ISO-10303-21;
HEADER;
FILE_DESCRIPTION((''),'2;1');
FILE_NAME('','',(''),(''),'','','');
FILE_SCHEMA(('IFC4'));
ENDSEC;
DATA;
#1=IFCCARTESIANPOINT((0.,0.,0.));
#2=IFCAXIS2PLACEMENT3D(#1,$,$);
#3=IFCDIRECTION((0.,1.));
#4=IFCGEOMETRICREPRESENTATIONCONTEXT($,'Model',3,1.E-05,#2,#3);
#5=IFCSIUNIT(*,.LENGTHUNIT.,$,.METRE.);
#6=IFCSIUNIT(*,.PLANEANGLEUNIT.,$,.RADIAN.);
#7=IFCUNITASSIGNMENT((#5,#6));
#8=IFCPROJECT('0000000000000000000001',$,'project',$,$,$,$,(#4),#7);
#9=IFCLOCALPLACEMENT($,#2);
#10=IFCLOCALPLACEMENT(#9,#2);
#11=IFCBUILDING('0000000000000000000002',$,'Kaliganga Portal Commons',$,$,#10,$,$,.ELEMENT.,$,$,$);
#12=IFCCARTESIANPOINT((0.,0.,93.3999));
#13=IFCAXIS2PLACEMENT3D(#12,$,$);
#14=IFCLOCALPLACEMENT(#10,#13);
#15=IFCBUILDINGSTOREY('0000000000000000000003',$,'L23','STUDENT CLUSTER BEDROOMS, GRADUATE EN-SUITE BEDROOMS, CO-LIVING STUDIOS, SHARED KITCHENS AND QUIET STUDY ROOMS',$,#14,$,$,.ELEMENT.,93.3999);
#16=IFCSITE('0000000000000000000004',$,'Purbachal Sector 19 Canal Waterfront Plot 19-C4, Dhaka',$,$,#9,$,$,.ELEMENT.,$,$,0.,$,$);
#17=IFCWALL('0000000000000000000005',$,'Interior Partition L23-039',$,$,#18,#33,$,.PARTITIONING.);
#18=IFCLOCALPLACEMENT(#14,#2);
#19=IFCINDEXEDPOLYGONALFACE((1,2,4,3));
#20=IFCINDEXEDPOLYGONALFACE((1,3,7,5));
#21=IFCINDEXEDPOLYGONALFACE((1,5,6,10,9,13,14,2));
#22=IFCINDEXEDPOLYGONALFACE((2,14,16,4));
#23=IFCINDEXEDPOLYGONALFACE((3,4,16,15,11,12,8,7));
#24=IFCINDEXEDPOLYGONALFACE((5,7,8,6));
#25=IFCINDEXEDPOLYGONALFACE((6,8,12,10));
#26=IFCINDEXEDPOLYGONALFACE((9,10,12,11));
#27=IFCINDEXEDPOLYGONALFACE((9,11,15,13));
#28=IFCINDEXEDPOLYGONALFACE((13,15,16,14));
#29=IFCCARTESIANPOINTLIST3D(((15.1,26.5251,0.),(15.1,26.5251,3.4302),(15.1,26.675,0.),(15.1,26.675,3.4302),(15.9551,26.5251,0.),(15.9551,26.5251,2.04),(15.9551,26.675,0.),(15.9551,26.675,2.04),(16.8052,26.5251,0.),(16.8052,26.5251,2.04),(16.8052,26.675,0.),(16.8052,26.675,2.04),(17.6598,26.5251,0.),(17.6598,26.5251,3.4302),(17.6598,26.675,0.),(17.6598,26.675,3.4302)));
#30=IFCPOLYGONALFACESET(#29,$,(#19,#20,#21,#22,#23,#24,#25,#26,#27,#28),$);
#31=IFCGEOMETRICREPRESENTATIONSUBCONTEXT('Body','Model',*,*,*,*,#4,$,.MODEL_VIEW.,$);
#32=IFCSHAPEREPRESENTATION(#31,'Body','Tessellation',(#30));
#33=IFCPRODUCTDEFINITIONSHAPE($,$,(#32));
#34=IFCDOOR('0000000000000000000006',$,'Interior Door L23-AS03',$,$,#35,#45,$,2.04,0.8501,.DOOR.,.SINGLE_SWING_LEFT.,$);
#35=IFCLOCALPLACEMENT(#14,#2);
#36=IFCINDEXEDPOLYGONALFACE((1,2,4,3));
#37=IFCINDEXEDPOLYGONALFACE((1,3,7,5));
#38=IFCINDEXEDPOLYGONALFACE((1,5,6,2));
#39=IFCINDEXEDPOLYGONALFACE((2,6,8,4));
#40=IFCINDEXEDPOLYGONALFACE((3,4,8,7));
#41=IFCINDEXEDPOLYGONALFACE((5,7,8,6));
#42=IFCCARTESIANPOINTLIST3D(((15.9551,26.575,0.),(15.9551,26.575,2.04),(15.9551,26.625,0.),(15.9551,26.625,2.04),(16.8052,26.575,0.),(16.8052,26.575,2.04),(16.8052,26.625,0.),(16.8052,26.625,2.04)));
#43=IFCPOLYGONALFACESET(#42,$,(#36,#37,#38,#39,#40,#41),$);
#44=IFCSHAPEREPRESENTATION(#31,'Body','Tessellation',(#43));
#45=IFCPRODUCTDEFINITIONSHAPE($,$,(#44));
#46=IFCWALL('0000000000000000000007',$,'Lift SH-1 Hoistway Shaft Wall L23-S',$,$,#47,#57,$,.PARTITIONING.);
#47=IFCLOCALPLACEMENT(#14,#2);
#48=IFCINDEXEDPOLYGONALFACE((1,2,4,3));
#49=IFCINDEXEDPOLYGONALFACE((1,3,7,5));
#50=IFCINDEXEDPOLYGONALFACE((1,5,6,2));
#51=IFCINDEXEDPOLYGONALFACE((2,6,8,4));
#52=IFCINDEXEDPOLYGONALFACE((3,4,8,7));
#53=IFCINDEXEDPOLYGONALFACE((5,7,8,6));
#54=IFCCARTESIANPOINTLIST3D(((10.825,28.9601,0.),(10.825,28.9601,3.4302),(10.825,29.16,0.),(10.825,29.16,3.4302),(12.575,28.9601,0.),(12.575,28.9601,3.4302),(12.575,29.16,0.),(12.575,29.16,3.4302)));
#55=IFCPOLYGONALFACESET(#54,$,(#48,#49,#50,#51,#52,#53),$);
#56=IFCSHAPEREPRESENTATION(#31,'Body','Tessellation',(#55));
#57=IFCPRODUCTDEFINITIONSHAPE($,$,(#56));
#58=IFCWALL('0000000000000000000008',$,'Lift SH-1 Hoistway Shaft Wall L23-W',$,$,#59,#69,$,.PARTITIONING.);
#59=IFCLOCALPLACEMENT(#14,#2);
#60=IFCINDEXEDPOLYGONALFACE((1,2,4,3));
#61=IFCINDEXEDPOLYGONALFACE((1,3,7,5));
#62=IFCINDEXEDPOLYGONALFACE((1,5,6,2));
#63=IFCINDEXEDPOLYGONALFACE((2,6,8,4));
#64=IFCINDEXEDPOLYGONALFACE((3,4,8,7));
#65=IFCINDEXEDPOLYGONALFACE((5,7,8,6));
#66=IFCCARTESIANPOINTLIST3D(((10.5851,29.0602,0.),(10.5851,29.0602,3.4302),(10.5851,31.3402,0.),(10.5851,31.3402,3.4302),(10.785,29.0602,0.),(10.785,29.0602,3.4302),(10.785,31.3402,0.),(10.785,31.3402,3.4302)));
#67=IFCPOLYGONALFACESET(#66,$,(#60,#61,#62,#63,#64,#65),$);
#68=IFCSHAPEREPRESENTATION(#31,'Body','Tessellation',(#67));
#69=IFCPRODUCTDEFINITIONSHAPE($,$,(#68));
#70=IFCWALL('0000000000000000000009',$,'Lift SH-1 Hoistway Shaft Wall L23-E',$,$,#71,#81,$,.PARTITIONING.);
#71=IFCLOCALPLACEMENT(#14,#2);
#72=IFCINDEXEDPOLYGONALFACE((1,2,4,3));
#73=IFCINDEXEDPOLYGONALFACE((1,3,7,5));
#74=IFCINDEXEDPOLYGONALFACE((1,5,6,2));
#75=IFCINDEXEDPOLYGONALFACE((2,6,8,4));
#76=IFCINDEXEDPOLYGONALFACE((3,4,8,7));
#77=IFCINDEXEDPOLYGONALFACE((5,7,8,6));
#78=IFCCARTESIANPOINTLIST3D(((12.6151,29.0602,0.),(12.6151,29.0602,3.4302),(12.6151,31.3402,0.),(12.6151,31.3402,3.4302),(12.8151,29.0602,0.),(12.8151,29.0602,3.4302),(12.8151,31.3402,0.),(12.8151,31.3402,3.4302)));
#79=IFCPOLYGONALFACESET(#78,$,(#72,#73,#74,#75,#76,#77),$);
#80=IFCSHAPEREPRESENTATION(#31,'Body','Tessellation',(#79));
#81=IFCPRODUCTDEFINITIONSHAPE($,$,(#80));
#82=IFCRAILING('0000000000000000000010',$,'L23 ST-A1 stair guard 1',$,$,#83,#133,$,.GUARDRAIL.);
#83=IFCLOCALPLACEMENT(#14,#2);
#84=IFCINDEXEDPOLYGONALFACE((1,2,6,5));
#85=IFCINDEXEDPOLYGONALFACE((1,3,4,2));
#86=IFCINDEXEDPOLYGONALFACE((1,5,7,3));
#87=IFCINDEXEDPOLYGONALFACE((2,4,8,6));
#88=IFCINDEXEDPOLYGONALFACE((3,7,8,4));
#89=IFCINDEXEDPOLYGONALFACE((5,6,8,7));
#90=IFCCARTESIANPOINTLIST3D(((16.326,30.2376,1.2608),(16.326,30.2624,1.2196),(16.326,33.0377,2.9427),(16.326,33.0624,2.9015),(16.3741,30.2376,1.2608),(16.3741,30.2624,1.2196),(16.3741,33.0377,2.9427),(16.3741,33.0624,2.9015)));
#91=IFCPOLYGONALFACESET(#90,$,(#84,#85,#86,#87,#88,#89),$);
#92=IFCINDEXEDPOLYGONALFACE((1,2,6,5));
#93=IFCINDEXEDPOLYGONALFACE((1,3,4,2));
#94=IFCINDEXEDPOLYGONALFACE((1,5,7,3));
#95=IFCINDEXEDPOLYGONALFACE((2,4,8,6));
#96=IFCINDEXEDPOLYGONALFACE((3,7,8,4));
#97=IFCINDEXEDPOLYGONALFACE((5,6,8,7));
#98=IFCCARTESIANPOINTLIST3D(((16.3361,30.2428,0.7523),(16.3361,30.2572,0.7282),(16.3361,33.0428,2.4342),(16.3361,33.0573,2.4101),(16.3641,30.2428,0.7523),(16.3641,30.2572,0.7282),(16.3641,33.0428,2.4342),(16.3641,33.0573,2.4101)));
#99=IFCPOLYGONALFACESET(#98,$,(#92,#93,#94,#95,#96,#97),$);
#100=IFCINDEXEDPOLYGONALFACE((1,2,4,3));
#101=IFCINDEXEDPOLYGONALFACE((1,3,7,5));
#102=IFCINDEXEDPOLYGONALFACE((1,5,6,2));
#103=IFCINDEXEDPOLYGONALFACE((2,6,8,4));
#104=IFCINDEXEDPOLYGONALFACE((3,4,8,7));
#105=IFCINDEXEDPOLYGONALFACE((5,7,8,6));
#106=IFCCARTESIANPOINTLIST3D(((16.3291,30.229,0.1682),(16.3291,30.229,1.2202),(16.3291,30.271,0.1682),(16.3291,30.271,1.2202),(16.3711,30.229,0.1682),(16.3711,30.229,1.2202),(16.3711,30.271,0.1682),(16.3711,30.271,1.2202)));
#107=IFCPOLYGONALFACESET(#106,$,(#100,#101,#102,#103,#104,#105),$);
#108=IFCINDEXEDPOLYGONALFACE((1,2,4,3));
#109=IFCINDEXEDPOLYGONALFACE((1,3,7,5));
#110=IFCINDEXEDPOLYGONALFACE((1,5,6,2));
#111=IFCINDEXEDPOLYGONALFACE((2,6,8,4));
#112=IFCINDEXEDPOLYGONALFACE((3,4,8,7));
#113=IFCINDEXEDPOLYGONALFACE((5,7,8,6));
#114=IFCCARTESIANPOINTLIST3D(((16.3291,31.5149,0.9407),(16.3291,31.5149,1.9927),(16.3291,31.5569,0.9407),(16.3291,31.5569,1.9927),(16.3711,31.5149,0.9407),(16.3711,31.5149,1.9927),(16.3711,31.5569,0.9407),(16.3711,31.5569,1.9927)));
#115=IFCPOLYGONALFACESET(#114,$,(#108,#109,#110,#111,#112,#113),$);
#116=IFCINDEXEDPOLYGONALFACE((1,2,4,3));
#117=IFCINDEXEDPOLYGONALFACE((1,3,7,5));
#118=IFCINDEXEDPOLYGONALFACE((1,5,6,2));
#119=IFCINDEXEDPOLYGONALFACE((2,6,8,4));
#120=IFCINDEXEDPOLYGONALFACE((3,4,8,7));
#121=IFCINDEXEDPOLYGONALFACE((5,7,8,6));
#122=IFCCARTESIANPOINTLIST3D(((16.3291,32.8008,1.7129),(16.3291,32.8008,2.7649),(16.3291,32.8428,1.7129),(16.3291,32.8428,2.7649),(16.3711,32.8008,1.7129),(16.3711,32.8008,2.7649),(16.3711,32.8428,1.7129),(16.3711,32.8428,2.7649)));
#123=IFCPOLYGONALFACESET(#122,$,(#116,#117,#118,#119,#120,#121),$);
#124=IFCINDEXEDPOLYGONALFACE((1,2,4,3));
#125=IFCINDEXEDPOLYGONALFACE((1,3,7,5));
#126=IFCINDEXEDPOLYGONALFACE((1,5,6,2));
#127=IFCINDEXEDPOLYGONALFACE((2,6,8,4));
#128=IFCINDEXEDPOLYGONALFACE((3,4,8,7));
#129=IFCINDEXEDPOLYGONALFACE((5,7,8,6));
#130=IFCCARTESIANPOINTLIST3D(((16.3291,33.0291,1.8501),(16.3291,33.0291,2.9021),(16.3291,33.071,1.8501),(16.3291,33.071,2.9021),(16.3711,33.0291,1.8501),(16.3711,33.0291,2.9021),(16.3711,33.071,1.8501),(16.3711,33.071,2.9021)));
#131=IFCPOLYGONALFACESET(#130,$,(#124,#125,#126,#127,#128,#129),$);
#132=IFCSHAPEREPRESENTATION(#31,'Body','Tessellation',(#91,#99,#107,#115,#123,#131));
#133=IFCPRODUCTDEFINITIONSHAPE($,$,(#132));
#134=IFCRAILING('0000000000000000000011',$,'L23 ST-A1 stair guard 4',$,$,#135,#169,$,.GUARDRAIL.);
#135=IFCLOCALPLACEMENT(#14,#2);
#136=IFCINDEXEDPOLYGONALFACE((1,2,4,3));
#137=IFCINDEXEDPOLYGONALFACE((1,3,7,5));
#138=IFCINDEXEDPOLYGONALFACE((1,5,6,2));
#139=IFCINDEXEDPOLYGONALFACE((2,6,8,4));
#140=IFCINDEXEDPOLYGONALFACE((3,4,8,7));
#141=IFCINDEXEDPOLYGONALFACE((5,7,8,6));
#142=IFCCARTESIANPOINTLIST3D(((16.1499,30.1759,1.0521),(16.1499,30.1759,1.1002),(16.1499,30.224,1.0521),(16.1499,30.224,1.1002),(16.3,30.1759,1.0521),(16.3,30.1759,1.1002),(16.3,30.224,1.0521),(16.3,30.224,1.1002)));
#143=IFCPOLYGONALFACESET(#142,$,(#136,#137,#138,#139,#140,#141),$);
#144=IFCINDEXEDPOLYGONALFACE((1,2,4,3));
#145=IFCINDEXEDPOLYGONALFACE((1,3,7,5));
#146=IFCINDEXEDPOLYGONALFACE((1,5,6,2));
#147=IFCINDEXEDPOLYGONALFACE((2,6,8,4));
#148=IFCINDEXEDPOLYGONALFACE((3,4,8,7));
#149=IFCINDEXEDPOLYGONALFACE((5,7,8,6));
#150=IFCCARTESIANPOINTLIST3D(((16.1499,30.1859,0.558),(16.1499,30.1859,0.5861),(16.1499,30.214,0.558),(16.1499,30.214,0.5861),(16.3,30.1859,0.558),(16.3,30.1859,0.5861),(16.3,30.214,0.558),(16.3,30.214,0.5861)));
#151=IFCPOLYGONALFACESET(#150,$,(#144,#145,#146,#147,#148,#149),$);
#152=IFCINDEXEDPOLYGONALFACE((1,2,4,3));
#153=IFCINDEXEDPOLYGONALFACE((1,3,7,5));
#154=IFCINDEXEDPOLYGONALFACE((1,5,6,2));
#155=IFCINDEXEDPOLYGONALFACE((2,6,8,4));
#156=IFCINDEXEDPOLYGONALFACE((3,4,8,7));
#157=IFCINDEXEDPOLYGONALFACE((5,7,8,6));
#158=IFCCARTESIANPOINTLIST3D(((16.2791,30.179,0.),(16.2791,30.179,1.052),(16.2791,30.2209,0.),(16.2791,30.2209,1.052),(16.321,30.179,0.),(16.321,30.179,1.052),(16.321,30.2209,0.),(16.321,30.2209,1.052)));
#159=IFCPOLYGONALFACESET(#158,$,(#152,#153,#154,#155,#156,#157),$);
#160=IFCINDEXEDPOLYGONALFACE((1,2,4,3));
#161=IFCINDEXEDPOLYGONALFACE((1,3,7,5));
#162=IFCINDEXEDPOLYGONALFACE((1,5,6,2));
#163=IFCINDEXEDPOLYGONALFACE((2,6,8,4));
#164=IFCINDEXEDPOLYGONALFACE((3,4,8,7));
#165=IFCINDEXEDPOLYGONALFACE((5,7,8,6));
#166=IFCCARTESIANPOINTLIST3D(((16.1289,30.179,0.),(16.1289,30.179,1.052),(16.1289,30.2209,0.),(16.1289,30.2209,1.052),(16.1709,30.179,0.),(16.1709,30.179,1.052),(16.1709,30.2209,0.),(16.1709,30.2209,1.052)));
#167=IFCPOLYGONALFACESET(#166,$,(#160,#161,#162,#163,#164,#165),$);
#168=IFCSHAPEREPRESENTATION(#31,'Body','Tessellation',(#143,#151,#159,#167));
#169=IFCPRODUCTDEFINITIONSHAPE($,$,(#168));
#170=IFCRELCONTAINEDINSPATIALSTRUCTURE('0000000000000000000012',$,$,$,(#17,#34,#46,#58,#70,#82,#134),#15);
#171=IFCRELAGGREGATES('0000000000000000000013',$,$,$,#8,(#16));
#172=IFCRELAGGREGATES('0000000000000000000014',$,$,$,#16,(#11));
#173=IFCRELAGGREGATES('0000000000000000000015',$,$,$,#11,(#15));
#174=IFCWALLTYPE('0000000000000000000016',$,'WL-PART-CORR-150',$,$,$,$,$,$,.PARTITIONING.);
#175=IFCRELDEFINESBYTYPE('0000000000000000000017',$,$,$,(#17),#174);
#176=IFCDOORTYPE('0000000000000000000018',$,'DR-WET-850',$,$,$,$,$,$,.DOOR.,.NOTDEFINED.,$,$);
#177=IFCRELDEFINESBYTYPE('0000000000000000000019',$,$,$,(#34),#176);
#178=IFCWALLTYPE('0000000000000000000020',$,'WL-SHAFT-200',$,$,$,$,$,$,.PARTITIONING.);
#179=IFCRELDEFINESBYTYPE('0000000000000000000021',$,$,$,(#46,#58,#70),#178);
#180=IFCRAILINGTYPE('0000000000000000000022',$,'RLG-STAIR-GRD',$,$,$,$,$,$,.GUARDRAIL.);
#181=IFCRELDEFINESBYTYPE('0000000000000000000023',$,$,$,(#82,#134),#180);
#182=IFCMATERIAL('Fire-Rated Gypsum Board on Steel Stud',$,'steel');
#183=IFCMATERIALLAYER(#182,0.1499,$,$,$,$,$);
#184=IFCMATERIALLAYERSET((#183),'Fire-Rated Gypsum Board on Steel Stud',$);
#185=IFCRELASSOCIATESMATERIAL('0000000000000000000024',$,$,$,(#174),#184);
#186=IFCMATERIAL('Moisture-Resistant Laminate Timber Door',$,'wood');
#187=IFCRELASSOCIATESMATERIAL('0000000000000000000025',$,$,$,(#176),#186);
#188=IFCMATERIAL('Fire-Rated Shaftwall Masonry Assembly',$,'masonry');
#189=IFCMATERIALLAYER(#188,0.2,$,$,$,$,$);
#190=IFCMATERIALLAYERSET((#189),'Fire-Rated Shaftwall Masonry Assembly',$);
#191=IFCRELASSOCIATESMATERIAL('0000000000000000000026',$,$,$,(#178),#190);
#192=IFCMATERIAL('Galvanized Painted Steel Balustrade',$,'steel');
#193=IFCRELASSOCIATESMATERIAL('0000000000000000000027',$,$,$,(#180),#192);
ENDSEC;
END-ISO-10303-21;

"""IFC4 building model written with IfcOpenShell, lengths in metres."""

from ifc_helpers import new_model, si_unit, direction, frame, frame_2d, origin, origin_2d, place, context, subcontext, project, spatial, rectangle, extrude, material, layer, layer_set, type_object, element, fill, save


model = new_model("IFC4")

# Units and contexts
model_context = context("Model", 3, precision=1e-05, world=origin(), true_north=direction((0.0, 1.0)))
body_context = subcontext(model_context, "Body", "Model", "MODEL_VIEW")
ifc_project = project(units=[si_unit("LENGTHUNIT", "METRE"), si_unit("PLANEANGLEUNIT", "RADIAN")], contexts=[model_context])

# Site, building, storey
site_placement = place(None, origin())
site = spatial("IfcSite", under=ifc_project, at=site_placement, Name="Purbachal Sector 19 Canal Waterfront Plot 19-C4, Dhaka", CompositionType="ELEMENT", RefElevation=0.0)
building_placement = place(site_placement, origin())
building = spatial("IfcBuilding", under=site, at=building_placement, Name="Kaliganga Portal Commons", CompositionType="ELEMENT")
storey_placement = place(building_placement, frame((0.0, 0.0, 93.3999)))
storey = spatial("IfcBuildingStorey", under=building, at=storey_placement, Name="L23", Description="STUDENT CLUSTER BEDROOMS, GRADUATE EN-SUITE BEDROOMS, CO-LIVING STUDIOS, SHARED KITCHENS AND QUIET STUDY ROOMS", CompositionType="ELEMENT", Elevation=93.3999)

# Wall, opening, door
ifc_material_1 = material(Name="Fire-Rated Gypsum Board on Steel Stud", Category="steel")
ifc_layer_1 = layer(ifc_material_1, 0.1499)
ifc_layer_set_1 = layer_set([ifc_layer_1], Name="Fire-Rated Gypsum Board on Steel Stud")
wall_type_1 = type_object("IfcWallType", Name="WL-PART-CORR-150", PredefinedType="PARTITIONING", material=ifc_layer_set_1)
wall_1_placement = place(storey_placement, frame((15.1001, 26.6001, 0.0), z_axis=(0.0, 0.0, 1.0), x_axis=(1.0, 0.0, 0.0)))
wall_1 = element("IfcWall", 1, at=wall_1_placement, inside=storey, type_object=wall_type_1, Name="Interior Partition L23-039", PredefinedType="PARTITIONING", context=body_context, shape_type="SweptSolid", body=[
    extrude(rectangle(XDim=2.5598, YDim=0.1499, at=frame_2d((1.2798, 0.0))), origin(), (0.0, 0.0, 1.0), 3.4302),
])
opening_placement = place(wall_1_placement, frame((0.855, 0.0, 0.0)))
opening = element("IfcOpeningElement", 2, at=opening_placement, cuts=wall_1, PredefinedType="OPENING", context=body_context, shape_type="SweptSolid", body=[
    extrude(rectangle(XDim=0.8501, YDim=2.04, at=frame_2d((0.425, 1.02))), frame((0.0, 0.085, 0.0), z_axis=(0.0, -1.0, 0.0), x_axis=(1.0, 0.0, 0.0)), (0.0, 0.0, 1.0), 0.1699),
])
ifc_material_2 = material(Name="Moisture-Resistant Laminate Timber Door", Category="wood")
door_type = type_object("IfcDoorType", Name="DR-WET-850", OperationType="NOTDEFINED", PredefinedType="DOOR", material=ifc_material_2)
door_placement = place(opening_placement, origin())
door = element("IfcDoor", 3, at=door_placement, inside=storey, type_object=door_type, Name="Interior Door L23-AS03", OperationType="SINGLE_SWING_LEFT", OverallHeight=2.04, OverallWidth=0.8501, PredefinedType="DOOR", context=body_context, shape_type="SweptSolid", body=[
    extrude(rectangle(XDim=0.8501, YDim=2.04, at=frame_2d((0.425, 1.02))), frame((0.0, 0.0249, 0.0), z_axis=(0.0, -1.0, 0.0), x_axis=(1.0, 0.0, 0.0)), (0.0, 0.0, 1.0), 0.05),
])
fill(opening, door)

# Walls
ifc_material_3 = material(Name="Fire-Rated Shaftwall Masonry Assembly", Category="masonry")
ifc_layer_2 = layer(ifc_material_3, 0.2)
ifc_layer_set_2 = layer_set([ifc_layer_2], Name="Fire-Rated Shaftwall Masonry Assembly")
wall_type_2 = type_object("IfcWallType", Name="WL-SHAFT-200", PredefinedType="PARTITIONING", material=ifc_layer_set_2)
wall_2_placement = place(storey_placement, frame((10.825, 29.0601, 0.0), z_axis=(0.0, 0.0, 1.0), x_axis=(1.0, 0.0, 0.0)))
element("IfcWall", 4, at=wall_2_placement, inside=storey, type_object=wall_type_2, Name="Lift SH-1 Hoistway Shaft Wall L23-S", PredefinedType="PARTITIONING", context=body_context, shape_type="SweptSolid", body=[
    extrude(rectangle(XDim=1.75, YDim=0.2, at=frame_2d((0.875, 0.0))), origin(), (0.0, 0.0, 1.0), 3.4302),
])
for number, where, z_axis, x_axis, name in (
    (5, (10.6851, 29.0601, 0.0), (0.0, 0.0, 1.0), (0.0, 1.0, 0.0), "Lift SH-1 Hoistway Shaft Wall L23-W"),
    (6, (12.7151, 29.0601, 0.0), (0.0, 0.0, 1.0), (0.0, 1.0, 0.0), "Lift SH-1 Hoistway Shaft Wall L23-E"),
):
    element("IfcWall", number, at=place(storey_placement, frame(where, z_axis=z_axis, x_axis=x_axis)), inside=storey, type_object=wall_type_2, Name=name, PredefinedType="PARTITIONING", context=body_context, shape_type="SweptSolid", body=[
        extrude(rectangle(XDim=2.28, YDim=0.2, at=frame_2d((1.1401, 0.0))), origin(), (0.0, 0.0, 1.0), 3.4302),
    ])

# Railings
ifc_material_4 = material(Name="Galvanized Painted Steel Balustrade", Category="steel")
railing_type = type_object("IfcRailingType", Name="RLG-STAIR-GRD", PredefinedType="GUARDRAIL", material=ifc_material_4)
railing_1_placement = place(storey_placement, frame((16.3501, 30.25, 0.1682)))
element("IfcRailing", 7, at=railing_1_placement, inside=storey, type_object=railing_type, Name="L23 ST-A1 stair guard 1", PredefinedType="GUARDRAIL", context=body_context, shape_type="SweptSolid", body=[
    extrude(rectangle(XDim=0.0481, YDim=0.0481, at=origin_2d()), frame((0.0, 0.0, 1.072), z_axis=(0.0, 0.857242, 0.514913), x_axis=(-1.0, 0.0, 0.0)), (0.0, 0.0, 1.0), 3.2664),
    extrude(rectangle(XDim=0.0281, YDim=0.0281, at=origin_2d()), frame((0.0, 0.0, 0.572), z_axis=(0.0, 0.857242, 0.514913), x_axis=(-1.0, 0.0, 0.0)), (0.0, 0.0, 1.0), 3.2664),
    extrude(rectangle(XDim=0.042, YDim=0.042, at=origin_2d()), origin(), (0.0, 0.0, 1.0), 1.052),
    extrude(rectangle(XDim=0.042, YDim=0.042, at=origin_2d()), frame((0.0, 1.2859, 0.7725)), (0.0, 0.0, 1.0), 1.052),
    extrude(rectangle(XDim=0.042, YDim=0.042, at=origin_2d()), frame((0.0, 2.5718, 1.5447)), (0.0, 0.0, 1.0), 1.052),
    extrude(rectangle(XDim=0.042, YDim=0.042, at=origin_2d()), frame((0.0, 2.8, 1.6819)), (0.0, 0.0, 1.0), 1.052),
])
railing_2_placement = place(storey_placement, frame((16.3, 30.2, 0.0)))
element("IfcRailing", 8, at=railing_2_placement, inside=storey, type_object=railing_type, Name="L23 ST-A1 stair guard 4", PredefinedType="GUARDRAIL", context=body_context, shape_type="SweptSolid", body=[
    extrude(rectangle(XDim=0.0481, YDim=0.0481, at=origin_2d()), frame((0.0, 0.0, 1.0762), z_axis=(-1.0, 0.0, 0.0), x_axis=(0.0, -1.0, 0.0)), (0.0, 0.0, 1.0), 0.1501),
    extrude(rectangle(XDim=0.0281, YDim=0.0281, at=origin_2d()), frame((0.0, 0.0, 0.572), z_axis=(-1.0, 0.0, 0.0), x_axis=(0.0, -1.0, 0.0)), (0.0, 0.0, 1.0), 0.1501),
    extrude(rectangle(XDim=0.042, YDim=0.042, at=origin_2d()), origin(), (0.0, 0.0, 1.0), 1.052),
    extrude(rectangle(XDim=0.042, YDim=0.042, at=origin_2d()), frame((-0.1501, 0.0, 0.0)), (0.0, 0.0, 1.0), 1.052),
])

save(model, "model.ifc")
